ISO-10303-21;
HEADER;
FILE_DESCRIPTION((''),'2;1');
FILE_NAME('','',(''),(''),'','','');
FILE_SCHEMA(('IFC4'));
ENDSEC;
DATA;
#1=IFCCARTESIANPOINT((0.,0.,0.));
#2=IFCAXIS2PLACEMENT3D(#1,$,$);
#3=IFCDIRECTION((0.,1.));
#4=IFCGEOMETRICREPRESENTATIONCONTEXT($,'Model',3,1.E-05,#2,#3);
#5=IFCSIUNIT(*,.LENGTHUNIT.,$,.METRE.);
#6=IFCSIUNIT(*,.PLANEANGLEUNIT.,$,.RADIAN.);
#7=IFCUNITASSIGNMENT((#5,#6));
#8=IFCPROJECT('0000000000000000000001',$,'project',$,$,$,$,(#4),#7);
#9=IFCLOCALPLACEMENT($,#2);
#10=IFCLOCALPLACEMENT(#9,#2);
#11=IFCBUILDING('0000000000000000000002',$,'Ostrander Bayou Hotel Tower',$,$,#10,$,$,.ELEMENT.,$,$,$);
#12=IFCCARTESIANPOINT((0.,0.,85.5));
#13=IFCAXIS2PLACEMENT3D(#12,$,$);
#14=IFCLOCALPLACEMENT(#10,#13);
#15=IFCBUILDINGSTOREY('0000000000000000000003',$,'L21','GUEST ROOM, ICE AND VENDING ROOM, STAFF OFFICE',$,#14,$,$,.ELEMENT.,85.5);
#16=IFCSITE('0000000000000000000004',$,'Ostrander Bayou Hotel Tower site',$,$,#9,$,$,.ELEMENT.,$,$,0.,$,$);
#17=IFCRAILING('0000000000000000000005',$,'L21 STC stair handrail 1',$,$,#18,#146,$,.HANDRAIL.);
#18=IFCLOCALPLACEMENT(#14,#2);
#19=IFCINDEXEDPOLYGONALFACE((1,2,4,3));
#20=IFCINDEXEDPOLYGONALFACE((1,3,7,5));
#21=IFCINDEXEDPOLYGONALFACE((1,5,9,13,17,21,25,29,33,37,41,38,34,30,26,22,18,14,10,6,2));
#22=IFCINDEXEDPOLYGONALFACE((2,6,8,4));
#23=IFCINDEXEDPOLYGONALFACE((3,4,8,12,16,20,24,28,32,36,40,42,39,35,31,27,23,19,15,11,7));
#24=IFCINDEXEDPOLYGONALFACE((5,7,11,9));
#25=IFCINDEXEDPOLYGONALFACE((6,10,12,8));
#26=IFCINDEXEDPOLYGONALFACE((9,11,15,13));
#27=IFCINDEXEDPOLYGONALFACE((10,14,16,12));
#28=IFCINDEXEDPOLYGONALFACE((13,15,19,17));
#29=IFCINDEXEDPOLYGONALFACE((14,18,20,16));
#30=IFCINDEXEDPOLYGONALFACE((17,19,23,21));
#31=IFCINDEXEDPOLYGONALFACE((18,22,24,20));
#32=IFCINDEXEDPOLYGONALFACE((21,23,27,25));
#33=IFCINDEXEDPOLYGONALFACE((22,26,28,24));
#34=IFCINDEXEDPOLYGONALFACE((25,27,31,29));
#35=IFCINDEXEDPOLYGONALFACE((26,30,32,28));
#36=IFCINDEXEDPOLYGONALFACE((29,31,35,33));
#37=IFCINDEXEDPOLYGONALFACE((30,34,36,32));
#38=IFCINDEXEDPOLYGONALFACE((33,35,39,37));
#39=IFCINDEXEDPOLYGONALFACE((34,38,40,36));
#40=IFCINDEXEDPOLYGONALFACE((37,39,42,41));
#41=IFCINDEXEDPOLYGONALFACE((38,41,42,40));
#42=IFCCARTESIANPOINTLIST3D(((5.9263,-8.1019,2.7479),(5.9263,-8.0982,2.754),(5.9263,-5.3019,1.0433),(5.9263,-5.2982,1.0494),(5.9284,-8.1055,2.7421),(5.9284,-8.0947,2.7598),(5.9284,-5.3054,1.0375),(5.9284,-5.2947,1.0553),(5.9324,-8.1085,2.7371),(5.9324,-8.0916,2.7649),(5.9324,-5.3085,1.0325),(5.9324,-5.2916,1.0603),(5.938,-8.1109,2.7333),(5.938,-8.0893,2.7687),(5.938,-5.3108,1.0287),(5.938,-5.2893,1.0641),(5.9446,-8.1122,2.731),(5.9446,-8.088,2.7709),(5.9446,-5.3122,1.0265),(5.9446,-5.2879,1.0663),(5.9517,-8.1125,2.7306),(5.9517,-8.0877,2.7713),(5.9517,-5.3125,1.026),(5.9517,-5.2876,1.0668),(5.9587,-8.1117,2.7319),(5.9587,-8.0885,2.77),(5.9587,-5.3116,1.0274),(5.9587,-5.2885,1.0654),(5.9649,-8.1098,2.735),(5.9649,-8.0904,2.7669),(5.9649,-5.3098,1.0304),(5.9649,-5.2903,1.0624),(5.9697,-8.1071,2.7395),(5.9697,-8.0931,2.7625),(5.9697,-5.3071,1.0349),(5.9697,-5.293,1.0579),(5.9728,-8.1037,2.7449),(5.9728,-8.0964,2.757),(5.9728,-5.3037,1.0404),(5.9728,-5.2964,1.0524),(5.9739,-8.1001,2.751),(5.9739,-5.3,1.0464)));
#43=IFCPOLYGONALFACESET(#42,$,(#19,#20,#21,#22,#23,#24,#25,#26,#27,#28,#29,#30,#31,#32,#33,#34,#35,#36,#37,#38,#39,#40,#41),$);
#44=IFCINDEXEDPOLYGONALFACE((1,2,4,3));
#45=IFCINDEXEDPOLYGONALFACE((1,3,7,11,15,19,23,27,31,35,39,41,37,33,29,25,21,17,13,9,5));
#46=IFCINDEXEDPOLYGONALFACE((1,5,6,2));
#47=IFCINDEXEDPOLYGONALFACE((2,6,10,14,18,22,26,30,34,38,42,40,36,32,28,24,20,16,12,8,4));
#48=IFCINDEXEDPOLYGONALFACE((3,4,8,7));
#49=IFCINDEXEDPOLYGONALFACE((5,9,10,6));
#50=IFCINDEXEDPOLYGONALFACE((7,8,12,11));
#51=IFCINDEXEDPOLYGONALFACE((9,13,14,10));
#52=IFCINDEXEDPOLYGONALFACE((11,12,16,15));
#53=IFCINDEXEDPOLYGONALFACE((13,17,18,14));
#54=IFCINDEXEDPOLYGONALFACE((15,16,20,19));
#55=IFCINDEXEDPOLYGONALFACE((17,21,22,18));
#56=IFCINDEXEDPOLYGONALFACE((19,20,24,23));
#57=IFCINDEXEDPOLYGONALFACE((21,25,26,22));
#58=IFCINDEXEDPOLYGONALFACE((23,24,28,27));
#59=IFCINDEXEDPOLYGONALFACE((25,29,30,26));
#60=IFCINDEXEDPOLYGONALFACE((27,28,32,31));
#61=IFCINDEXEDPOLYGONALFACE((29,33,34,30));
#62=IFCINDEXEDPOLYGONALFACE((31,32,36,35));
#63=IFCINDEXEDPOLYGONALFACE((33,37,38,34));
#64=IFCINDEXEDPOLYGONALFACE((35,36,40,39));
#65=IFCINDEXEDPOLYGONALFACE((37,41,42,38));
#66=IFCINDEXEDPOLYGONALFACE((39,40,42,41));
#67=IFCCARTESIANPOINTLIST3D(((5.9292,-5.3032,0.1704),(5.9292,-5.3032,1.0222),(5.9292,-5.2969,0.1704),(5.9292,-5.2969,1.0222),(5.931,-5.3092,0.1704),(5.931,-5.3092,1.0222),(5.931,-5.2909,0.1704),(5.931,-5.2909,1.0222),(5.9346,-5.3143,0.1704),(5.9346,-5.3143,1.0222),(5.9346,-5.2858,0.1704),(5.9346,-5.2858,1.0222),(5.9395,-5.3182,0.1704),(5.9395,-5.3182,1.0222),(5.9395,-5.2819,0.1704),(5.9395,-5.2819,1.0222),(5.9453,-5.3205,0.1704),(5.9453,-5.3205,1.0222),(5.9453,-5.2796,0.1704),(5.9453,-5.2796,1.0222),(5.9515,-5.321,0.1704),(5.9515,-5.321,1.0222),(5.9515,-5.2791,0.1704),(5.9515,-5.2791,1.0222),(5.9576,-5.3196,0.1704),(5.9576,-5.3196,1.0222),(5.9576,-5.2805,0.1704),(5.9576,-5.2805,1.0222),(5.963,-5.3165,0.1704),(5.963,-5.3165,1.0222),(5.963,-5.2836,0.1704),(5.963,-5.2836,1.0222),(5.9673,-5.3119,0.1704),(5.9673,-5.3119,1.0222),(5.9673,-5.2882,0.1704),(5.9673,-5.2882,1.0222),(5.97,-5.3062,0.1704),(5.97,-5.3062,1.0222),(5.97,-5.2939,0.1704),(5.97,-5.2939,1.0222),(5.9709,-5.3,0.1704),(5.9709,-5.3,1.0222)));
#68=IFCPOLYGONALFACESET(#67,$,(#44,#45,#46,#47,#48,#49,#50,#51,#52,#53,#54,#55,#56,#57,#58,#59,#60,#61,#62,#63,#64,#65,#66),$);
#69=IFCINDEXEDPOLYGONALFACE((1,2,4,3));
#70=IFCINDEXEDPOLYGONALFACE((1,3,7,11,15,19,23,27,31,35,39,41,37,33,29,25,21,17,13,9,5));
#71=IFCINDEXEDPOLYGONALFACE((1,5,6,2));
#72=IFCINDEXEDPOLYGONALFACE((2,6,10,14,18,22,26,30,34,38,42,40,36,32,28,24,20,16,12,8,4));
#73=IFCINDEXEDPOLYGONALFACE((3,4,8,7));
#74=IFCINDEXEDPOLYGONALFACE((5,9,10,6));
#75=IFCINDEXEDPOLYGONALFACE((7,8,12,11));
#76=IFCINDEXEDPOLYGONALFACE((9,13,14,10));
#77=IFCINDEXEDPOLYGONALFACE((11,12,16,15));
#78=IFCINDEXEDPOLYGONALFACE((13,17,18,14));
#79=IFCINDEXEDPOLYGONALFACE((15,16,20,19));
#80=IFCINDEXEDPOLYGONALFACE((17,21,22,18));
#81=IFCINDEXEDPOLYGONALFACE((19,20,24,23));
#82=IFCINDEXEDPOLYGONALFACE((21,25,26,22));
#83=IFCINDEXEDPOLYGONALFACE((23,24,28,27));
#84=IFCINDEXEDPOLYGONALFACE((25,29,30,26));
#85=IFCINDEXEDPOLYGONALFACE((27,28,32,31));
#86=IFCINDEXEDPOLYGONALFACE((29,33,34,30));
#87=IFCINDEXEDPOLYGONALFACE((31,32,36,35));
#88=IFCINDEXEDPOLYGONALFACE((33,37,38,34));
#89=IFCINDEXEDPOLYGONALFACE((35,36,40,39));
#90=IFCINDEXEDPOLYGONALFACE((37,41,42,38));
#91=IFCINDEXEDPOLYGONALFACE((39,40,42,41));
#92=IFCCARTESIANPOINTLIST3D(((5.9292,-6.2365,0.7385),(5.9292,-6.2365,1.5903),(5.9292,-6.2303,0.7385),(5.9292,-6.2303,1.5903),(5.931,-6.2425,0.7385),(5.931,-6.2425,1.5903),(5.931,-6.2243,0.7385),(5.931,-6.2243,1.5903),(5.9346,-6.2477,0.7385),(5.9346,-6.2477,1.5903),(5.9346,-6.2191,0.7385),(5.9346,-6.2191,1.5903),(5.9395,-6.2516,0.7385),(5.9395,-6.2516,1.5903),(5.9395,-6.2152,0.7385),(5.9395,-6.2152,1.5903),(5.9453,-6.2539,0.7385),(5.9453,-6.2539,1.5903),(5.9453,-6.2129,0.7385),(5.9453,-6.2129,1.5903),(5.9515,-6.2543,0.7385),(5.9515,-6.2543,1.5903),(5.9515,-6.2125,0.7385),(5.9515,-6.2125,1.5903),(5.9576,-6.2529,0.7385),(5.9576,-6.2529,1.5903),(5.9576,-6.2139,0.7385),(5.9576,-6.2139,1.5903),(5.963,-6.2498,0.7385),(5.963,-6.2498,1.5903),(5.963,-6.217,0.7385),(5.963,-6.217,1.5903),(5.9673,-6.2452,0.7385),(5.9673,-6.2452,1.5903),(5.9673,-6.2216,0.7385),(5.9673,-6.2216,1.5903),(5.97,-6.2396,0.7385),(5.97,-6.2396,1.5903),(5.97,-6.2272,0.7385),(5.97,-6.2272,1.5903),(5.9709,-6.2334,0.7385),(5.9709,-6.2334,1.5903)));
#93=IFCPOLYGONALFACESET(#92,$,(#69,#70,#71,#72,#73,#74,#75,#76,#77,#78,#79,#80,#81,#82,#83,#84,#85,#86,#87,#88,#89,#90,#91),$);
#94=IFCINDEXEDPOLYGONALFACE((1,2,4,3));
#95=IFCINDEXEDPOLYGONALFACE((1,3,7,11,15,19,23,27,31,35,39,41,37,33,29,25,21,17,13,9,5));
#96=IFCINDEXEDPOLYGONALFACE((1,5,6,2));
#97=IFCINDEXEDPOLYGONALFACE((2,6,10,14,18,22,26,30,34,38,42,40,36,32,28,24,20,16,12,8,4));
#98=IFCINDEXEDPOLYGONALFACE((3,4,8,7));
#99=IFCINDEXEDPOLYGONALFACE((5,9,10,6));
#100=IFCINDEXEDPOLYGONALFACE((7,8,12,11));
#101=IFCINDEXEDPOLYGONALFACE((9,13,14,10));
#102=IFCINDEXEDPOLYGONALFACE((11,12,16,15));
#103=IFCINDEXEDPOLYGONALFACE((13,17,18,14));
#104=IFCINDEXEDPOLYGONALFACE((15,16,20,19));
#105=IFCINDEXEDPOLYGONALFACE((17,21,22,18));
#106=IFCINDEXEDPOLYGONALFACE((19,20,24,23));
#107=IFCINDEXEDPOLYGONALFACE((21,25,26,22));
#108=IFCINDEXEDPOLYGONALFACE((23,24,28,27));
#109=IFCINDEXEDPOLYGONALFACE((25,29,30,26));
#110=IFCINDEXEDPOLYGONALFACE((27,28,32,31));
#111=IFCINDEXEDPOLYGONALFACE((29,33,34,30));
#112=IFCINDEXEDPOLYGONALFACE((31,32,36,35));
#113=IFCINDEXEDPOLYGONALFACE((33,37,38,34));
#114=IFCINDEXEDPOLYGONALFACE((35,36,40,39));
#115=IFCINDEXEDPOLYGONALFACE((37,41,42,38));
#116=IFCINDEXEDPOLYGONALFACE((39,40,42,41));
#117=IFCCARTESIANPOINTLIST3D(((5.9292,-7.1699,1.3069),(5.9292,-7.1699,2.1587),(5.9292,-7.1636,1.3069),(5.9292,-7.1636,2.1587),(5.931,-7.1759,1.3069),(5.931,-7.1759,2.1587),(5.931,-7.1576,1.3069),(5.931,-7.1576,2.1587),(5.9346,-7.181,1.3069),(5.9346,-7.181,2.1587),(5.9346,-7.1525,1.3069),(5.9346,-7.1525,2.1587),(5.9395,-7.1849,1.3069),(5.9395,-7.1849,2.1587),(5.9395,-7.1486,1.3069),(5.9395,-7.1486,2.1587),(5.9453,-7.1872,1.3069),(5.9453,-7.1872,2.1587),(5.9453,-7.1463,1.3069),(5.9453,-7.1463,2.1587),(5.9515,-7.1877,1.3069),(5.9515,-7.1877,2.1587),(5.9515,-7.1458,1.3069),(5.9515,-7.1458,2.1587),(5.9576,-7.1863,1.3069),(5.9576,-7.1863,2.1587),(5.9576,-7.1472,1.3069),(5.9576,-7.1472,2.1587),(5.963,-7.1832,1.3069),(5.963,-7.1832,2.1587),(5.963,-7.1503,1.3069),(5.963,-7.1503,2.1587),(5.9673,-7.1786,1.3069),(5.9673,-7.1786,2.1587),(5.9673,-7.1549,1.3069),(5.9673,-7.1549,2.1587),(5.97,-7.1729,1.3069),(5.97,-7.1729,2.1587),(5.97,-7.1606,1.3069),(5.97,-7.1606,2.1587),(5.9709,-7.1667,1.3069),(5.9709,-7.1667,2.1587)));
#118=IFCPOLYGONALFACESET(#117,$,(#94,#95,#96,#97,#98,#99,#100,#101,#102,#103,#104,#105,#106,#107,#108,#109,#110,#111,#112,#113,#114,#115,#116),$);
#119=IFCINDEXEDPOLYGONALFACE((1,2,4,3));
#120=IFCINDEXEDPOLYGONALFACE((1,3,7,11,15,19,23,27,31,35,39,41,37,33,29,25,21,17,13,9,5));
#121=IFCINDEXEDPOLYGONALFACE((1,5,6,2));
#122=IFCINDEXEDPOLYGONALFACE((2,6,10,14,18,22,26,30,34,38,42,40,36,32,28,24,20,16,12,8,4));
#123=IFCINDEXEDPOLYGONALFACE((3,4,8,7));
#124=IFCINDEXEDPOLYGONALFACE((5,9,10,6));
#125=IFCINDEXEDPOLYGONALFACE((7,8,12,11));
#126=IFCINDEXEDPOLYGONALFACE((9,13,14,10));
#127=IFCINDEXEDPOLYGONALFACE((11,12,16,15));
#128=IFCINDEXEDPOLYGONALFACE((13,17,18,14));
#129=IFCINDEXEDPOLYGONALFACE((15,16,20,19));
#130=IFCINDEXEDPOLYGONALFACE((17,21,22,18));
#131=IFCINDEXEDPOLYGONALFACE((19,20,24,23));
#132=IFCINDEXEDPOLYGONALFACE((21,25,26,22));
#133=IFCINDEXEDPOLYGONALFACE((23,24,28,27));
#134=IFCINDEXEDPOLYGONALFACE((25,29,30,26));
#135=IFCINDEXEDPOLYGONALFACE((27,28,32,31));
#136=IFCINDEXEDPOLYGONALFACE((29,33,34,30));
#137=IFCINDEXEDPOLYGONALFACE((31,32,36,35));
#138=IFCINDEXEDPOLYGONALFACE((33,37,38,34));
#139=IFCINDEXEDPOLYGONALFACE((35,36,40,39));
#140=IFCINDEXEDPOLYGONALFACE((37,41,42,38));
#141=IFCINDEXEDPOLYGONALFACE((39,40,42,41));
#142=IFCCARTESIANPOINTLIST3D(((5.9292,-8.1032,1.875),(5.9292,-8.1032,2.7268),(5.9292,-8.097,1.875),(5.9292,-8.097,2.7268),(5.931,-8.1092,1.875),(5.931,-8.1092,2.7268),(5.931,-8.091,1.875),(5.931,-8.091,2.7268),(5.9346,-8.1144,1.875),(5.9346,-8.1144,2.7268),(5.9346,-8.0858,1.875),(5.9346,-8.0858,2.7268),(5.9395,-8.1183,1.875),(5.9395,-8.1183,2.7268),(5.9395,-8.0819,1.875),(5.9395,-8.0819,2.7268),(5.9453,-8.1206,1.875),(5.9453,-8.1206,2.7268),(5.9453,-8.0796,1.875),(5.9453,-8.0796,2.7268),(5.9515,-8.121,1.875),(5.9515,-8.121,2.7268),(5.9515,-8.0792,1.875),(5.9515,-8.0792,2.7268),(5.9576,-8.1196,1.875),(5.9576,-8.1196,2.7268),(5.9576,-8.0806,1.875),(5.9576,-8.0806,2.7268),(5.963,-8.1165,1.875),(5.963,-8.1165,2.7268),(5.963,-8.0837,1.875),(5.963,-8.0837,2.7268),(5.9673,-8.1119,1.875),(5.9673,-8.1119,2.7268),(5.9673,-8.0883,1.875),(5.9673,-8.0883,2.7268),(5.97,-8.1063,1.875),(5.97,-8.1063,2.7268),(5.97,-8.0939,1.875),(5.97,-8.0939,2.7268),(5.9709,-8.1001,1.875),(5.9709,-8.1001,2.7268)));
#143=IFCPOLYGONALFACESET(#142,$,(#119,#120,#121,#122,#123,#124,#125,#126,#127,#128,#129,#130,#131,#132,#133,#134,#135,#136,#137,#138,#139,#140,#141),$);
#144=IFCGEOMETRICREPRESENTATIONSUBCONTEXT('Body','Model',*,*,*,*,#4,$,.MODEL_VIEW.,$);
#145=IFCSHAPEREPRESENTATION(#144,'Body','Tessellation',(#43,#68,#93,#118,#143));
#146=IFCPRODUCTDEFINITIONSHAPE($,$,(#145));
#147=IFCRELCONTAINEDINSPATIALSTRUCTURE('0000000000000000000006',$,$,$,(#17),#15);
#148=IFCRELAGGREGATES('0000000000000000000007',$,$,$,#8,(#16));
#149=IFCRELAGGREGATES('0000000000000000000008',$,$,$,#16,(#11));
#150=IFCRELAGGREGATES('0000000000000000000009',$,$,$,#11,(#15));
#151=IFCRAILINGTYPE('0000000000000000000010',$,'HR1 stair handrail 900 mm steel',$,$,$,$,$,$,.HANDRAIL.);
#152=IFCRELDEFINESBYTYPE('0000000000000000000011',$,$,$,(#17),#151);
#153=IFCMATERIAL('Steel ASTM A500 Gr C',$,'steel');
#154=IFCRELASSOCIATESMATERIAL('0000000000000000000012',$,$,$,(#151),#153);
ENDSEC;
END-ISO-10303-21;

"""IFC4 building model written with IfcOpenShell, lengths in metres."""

from ifc_helpers import new_model, si_unit, direction, frame, origin, origin_2d, place, context, subcontext, project, spatial, circle, extrude, material, type_object, element, save


model = new_model("IFC4")

# Units and contexts
model_context = context("Model", 3, precision=1e-05, world=origin(), true_north=direction((0.0, 1.0)))
body_context = subcontext(model_context, "Body", "Model", "MODEL_VIEW")
ifc_project = project(units=[si_unit("LENGTHUNIT", "METRE"), si_unit("PLANEANGLEUNIT", "RADIAN")], contexts=[model_context])

# Site, building, storey
site_placement = place(None, origin())
site = spatial("IfcSite", under=ifc_project, at=site_placement, Name="Ostrander Bayou Hotel Tower site", CompositionType="ELEMENT", RefElevation=0.0)
building_placement = place(site_placement, origin())
building = spatial("IfcBuilding", under=site, at=building_placement, Name="Ostrander Bayou Hotel Tower", CompositionType="ELEMENT")
storey_placement = place(building_placement, frame((0.0, 0.0, 85.5)))
storey = spatial("IfcBuildingStorey", under=building, at=storey_placement, Name="L21", Description="GUEST ROOM, ICE AND VENDING ROOM, STAFF OFFICE", CompositionType="ELEMENT", Elevation=85.5)

# Railing
ifc_material_1 = material(Name="Steel ASTM A500 Gr C", Category="steel")
railing_type_1 = type_object("IfcRailingType", Name="HR1 stair handrail 900 mm steel", PredefinedType="HANDRAIL", material=ifc_material_1)
railing_1_placement = place(storey_placement, frame((5.95, -5.3, 0.1704)))
element("IfcRailing", 1, at=railing_1_placement, inside=storey, type_object=railing_type_1, Name="L21 STC stair handrail 1", PredefinedType="HANDRAIL", context=body_context, shape_type="SweptSolid", body=[
    extrude(circle(Radius=0.0239, at=origin_2d()), frame((0.0, 0.0, 0.876), z_axis=(0.0, -0.85417, 0.519994), x_axis=(1.0, 0.0, 0.0)), (0.0, 0.0, 1.0), 3.2781),
    extrude(circle(Radius=0.021, at=origin_2d()), origin(), (0.0, 0.0, 1.0), 0.8518),
    extrude(circle(Radius=0.021, at=origin_2d()), frame((0.0, -0.9333, 0.5681)), (0.0, 0.0, 1.0), 0.8518),
    extrude(circle(Radius=0.021, at=origin_2d()), frame((0.0, -1.8667, 1.1365)), (0.0, 0.0, 1.0), 0.8518),
    extrude(circle(Radius=0.021, at=origin_2d()), frame((0.0, -2.8, 1.7046)), (0.0, 0.0, 1.0), 0.8518),
])

save(model, "model.ifc")
